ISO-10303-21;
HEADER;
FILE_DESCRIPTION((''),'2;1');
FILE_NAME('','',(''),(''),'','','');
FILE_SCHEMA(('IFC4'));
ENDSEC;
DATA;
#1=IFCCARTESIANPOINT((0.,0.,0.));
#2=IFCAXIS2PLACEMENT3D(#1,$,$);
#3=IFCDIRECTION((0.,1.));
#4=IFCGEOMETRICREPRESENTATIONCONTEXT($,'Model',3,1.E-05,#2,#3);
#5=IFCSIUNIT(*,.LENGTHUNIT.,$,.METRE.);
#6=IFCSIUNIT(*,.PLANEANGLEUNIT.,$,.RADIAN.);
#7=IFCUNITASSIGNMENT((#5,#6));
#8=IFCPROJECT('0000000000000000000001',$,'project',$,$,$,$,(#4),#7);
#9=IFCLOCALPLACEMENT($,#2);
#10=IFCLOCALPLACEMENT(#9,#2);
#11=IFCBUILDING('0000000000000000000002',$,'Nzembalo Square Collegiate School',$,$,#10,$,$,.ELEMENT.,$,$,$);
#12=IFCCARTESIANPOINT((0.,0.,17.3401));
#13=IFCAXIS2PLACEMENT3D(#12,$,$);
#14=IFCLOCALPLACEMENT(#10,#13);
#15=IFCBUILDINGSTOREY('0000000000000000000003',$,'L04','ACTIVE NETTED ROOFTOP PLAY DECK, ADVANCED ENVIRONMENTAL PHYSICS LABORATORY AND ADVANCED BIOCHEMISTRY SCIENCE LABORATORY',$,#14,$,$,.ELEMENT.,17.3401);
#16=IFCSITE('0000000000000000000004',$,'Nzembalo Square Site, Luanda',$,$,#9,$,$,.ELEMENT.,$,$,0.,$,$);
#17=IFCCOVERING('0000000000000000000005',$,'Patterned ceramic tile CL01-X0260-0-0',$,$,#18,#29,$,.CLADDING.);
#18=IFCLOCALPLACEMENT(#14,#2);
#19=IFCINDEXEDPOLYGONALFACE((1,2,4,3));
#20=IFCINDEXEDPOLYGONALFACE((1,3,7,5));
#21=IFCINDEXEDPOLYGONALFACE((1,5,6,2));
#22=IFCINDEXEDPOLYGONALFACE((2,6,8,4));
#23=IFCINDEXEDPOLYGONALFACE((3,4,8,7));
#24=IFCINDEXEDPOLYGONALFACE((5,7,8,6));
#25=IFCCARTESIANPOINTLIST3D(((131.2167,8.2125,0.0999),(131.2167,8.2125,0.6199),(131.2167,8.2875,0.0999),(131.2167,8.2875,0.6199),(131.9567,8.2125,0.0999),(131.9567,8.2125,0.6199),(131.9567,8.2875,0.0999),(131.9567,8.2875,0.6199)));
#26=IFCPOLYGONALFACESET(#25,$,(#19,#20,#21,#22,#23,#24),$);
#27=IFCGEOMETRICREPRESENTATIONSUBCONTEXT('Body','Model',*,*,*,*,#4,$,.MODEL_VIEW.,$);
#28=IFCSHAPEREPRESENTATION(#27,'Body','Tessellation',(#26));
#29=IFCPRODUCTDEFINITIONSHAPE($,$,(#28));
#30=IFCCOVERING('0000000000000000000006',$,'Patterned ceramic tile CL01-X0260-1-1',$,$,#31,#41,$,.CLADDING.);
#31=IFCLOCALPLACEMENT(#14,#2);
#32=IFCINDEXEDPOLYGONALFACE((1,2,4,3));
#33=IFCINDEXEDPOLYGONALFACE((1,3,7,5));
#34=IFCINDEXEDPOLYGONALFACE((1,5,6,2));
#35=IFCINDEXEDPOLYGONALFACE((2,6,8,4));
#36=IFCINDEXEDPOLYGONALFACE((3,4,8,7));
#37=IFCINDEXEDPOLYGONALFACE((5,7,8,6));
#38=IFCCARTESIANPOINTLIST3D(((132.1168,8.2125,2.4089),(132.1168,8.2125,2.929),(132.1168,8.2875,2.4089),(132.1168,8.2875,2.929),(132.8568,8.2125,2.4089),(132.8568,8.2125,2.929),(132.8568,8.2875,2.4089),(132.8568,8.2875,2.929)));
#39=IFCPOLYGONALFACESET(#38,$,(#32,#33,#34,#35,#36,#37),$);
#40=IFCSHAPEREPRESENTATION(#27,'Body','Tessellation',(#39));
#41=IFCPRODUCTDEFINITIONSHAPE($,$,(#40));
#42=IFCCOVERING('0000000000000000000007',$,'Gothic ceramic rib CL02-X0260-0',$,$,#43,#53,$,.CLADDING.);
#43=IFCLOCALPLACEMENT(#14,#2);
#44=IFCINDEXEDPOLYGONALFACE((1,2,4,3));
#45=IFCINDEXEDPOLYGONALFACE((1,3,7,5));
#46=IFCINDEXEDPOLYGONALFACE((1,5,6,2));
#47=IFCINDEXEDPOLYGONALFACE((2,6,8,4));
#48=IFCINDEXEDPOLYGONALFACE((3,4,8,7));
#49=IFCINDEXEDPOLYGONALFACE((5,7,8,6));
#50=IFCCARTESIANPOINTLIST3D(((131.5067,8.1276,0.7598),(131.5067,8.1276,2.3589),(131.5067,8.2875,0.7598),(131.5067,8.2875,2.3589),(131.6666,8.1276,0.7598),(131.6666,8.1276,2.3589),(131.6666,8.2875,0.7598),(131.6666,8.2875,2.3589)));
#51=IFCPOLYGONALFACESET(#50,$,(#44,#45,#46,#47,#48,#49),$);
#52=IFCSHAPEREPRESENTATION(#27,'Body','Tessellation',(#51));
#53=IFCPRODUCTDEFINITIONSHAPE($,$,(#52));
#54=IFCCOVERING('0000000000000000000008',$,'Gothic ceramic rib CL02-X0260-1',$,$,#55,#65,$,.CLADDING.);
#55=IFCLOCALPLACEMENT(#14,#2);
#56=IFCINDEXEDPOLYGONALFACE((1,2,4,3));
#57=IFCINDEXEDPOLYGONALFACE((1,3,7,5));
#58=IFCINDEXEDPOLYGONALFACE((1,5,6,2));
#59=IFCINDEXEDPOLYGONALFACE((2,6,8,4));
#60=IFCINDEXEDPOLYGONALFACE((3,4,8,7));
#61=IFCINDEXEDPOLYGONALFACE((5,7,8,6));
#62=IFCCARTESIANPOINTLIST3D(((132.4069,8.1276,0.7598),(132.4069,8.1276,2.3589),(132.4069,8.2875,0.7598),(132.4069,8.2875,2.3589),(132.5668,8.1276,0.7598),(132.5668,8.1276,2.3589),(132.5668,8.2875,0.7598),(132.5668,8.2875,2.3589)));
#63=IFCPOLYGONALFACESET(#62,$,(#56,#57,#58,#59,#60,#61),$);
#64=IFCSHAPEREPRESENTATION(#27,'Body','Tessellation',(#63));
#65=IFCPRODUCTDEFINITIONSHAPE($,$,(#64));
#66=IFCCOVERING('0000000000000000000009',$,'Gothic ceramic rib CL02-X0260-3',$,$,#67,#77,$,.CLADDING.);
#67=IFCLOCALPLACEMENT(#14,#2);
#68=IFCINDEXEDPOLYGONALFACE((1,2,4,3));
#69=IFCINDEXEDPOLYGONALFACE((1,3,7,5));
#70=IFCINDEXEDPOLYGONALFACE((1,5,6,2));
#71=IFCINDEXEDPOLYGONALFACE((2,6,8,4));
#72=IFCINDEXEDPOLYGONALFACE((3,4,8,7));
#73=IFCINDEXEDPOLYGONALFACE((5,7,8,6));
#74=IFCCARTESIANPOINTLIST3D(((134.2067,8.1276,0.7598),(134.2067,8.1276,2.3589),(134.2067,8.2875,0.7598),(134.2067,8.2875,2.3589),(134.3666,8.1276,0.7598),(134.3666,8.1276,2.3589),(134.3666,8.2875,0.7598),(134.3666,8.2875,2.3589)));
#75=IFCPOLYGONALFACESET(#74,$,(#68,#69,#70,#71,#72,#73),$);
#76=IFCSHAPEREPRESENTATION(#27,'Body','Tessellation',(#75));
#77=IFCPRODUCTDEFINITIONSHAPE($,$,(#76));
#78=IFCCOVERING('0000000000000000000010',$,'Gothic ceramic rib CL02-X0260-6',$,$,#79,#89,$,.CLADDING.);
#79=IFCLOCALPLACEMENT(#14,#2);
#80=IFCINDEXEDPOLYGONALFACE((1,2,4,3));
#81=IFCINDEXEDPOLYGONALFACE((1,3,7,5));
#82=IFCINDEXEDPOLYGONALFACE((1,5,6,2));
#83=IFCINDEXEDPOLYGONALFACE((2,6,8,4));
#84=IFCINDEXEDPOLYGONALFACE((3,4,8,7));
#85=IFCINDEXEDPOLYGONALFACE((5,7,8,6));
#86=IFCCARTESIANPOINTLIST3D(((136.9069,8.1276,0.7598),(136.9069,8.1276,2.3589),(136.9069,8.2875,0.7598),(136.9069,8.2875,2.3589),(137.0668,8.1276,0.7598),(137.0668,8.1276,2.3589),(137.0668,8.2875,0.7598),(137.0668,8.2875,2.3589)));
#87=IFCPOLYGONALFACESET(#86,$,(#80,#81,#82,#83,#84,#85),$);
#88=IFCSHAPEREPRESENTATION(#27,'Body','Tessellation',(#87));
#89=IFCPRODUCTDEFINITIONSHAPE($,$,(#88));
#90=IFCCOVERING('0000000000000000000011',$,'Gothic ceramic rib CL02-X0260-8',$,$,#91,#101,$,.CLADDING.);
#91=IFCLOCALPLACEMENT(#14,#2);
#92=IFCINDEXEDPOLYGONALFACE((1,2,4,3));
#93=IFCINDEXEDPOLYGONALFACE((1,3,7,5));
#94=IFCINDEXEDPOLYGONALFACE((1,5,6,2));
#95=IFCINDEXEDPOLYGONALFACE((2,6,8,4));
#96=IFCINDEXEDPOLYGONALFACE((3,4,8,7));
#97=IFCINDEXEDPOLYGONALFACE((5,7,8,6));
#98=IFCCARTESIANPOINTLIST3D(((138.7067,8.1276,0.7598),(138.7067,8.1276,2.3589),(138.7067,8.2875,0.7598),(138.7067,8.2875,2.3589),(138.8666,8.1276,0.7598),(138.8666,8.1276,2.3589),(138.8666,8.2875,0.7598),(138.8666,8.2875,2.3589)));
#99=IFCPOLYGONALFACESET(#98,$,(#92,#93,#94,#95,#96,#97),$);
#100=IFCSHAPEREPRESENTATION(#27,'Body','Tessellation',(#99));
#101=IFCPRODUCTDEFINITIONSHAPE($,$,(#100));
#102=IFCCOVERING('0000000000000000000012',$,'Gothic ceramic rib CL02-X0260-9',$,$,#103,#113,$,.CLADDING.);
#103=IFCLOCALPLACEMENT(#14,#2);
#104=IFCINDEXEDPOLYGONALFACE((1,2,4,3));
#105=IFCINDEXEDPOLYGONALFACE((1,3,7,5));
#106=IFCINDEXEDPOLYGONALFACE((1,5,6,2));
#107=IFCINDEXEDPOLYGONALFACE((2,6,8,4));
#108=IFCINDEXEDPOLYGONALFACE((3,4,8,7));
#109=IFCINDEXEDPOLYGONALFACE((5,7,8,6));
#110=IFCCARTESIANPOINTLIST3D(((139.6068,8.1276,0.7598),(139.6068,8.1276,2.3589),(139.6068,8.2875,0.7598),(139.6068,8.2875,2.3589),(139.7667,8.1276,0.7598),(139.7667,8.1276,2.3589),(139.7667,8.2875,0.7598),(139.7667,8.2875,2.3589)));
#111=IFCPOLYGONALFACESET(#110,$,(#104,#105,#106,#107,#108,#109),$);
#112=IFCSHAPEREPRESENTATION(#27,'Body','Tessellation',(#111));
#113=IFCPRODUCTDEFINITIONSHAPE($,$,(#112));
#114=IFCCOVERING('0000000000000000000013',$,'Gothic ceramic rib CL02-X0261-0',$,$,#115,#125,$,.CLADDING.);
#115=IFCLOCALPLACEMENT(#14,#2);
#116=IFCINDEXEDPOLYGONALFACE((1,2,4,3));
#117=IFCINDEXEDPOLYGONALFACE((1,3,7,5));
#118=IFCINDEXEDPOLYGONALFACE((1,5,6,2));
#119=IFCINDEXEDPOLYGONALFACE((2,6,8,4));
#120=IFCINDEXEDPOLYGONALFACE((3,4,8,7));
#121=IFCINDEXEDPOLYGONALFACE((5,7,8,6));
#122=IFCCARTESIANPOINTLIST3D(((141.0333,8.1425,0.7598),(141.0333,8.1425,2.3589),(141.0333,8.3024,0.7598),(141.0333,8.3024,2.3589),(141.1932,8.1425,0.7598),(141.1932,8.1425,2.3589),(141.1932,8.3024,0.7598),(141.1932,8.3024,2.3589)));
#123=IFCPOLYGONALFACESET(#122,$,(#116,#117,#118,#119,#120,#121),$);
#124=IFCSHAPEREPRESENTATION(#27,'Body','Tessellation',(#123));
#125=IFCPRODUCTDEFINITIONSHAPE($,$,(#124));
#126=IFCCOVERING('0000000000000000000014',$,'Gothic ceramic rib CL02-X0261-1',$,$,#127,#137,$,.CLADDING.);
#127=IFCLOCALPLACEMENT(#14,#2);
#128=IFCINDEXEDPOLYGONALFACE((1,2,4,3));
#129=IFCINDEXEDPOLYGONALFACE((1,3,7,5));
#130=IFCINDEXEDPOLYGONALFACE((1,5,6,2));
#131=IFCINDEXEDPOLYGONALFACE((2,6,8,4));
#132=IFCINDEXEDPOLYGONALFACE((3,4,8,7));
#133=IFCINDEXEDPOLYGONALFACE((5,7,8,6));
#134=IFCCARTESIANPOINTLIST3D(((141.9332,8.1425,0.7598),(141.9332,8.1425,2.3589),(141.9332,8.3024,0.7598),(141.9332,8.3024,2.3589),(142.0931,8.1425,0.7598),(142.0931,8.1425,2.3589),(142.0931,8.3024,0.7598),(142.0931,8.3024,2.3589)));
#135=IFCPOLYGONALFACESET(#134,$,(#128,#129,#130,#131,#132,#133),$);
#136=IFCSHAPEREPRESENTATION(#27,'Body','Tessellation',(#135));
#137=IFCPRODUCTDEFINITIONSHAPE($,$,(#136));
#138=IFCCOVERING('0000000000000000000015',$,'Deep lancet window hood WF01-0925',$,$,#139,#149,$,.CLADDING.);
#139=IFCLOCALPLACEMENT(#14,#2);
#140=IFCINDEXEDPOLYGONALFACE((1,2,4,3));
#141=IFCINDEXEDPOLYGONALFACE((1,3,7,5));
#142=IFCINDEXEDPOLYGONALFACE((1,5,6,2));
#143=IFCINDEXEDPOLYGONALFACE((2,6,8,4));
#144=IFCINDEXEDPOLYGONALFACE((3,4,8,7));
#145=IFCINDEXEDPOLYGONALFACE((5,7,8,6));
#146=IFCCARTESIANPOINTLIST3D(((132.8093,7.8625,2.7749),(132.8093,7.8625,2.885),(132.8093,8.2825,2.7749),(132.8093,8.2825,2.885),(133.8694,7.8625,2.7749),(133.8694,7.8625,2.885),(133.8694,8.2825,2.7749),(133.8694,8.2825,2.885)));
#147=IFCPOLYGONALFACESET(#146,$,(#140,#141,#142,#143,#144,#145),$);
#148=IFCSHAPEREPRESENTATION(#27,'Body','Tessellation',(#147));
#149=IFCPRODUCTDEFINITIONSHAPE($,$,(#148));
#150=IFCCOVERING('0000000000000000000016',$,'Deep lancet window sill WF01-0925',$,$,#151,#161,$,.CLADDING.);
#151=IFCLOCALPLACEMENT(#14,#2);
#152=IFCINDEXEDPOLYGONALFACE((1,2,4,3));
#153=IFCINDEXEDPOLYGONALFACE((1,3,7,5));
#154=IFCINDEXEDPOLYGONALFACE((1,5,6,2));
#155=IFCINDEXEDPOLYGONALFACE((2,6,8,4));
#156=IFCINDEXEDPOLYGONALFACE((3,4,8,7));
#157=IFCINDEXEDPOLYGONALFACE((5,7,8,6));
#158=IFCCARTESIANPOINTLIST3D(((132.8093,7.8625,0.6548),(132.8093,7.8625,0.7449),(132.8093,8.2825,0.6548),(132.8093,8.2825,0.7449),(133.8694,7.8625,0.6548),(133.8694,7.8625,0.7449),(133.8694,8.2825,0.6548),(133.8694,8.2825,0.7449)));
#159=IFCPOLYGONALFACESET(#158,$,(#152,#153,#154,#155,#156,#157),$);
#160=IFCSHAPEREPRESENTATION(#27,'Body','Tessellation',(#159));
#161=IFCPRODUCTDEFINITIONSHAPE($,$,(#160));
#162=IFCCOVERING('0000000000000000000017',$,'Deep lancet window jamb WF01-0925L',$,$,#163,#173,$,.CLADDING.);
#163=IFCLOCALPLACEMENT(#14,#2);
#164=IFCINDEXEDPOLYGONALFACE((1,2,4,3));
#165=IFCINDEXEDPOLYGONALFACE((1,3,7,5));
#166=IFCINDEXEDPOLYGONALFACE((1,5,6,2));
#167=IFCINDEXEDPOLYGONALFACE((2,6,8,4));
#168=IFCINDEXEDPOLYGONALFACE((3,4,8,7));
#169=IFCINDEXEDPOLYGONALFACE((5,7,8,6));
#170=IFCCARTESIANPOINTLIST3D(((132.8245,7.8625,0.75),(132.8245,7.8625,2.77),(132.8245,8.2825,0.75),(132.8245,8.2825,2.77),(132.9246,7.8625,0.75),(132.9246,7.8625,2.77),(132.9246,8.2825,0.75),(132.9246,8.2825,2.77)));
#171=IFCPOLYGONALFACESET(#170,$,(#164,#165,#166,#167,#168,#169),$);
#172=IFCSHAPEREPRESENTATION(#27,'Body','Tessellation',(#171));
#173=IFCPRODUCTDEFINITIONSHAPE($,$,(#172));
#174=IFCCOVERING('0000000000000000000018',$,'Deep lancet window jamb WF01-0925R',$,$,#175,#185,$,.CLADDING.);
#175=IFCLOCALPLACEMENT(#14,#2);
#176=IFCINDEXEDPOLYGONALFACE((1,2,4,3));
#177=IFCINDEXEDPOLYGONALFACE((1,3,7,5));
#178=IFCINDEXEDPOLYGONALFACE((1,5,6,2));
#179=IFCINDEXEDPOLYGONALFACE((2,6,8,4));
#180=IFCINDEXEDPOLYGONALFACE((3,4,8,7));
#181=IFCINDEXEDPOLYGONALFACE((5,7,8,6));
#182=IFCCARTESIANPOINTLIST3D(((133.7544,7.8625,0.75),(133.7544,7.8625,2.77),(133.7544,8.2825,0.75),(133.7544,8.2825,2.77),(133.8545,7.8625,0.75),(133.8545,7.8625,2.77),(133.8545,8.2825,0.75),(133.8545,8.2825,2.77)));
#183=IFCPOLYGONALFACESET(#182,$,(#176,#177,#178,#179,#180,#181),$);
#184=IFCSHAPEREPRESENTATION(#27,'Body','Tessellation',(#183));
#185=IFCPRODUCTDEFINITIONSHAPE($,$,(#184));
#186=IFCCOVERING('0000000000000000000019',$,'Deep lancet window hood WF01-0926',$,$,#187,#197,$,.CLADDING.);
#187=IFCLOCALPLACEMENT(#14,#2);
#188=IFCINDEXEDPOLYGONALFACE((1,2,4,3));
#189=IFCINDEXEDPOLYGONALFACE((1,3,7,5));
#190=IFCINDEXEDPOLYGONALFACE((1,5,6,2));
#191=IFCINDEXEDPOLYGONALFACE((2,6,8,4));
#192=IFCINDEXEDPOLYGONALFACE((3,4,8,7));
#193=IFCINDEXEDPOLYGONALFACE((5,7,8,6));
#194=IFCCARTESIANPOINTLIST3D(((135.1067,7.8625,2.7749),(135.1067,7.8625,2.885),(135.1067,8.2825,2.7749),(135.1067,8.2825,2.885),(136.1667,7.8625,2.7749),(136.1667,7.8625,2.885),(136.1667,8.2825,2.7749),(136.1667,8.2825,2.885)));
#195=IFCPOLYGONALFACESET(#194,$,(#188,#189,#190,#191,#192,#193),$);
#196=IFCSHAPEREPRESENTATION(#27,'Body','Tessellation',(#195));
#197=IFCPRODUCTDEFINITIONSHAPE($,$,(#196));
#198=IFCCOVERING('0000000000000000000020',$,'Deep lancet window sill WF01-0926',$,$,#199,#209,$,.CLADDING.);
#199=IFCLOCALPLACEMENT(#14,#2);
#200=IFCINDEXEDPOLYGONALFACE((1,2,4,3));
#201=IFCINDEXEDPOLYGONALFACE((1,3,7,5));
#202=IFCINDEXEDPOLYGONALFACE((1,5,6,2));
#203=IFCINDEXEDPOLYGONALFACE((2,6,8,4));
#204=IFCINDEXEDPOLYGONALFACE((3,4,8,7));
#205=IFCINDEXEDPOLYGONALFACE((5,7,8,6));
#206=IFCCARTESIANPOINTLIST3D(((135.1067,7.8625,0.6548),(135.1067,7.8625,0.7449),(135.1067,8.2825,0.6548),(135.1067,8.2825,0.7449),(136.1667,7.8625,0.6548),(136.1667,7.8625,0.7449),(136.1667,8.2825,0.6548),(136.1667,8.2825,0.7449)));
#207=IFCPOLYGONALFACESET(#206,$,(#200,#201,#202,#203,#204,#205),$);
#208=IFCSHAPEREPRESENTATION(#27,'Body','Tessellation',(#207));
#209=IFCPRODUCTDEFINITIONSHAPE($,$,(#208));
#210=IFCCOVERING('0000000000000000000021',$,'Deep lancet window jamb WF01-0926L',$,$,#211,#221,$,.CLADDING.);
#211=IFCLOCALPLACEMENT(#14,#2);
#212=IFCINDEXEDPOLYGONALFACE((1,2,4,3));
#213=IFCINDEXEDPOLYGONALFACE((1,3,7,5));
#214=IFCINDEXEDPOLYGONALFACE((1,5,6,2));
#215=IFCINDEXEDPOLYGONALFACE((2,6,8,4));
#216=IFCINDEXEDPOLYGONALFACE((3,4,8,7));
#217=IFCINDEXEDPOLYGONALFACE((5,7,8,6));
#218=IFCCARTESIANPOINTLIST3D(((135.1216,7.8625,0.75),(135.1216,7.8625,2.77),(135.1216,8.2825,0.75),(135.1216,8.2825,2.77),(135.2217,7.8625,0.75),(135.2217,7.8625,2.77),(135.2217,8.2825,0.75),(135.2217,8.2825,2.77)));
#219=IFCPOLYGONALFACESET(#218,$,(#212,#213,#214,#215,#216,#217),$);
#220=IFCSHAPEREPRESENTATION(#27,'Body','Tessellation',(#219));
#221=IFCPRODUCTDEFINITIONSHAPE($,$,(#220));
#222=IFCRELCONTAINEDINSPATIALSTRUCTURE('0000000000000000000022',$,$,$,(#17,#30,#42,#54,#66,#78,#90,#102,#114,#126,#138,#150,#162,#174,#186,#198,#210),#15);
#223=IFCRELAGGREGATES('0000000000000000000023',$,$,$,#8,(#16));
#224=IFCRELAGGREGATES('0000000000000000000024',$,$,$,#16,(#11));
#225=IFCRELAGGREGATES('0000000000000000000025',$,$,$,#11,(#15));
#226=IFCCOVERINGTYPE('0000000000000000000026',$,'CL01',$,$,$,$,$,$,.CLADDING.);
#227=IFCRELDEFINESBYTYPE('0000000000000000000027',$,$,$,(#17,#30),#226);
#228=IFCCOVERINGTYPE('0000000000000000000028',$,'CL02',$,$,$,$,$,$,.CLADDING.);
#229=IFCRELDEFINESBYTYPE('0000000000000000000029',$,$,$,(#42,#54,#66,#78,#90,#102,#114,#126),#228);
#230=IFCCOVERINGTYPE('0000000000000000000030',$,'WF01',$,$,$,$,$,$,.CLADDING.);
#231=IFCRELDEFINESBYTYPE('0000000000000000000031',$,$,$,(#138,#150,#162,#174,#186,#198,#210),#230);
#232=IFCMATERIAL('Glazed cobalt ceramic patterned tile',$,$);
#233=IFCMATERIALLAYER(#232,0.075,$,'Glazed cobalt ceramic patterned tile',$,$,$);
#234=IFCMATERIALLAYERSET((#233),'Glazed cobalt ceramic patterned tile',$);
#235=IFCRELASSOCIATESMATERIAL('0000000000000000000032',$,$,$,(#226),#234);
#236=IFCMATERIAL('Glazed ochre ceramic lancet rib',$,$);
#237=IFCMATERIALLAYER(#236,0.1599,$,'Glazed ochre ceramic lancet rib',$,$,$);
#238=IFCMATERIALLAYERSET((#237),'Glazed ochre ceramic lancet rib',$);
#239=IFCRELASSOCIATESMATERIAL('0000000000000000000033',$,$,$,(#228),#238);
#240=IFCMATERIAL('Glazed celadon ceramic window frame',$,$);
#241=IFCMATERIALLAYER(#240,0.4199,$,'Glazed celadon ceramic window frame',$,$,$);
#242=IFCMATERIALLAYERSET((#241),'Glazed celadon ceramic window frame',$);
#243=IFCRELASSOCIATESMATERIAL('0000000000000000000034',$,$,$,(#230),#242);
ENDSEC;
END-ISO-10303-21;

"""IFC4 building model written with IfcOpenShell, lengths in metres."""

from ifc_helpers import new_model, si_unit, direction, frame, origin, origin_2d, place, context, subcontext, project, spatial, rectangle, extrude, material, layer, layer_set, type_object, element, save


model = new_model("IFC4")

# Units and contexts
model_context = context("Model", 3, precision=1e-05, world=origin(), true_north=direction((0.0, 1.0)))
body_context = subcontext(model_context, "Body", "Model", "MODEL_VIEW")
ifc_project = project(units=[si_unit("LENGTHUNIT", "METRE"), si_unit("PLANEANGLEUNIT", "RADIAN")], contexts=[model_context])

# Site, building, storey
site_placement = place(None, origin())
site = spatial("IfcSite", under=ifc_project, at=site_placement, Name="Nzembalo Square Site, Luanda", CompositionType="ELEMENT", RefElevation=0.0)
building_placement = place(site_placement, origin())
building = spatial("IfcBuilding", under=site, at=building_placement, Name="Nzembalo Square Collegiate School", CompositionType="ELEMENT")
storey_placement = place(building_placement, frame((0.0, 0.0, 17.3401)))
storey = spatial("IfcBuildingStorey", under=building, at=storey_placement, Name="L04", Description="ACTIVE NETTED ROOFTOP PLAY DECK, ADVANCED ENVIRONMENTAL PHYSICS LABORATORY AND ADVANCED BIOCHEMISTRY SCIENCE LABORATORY", CompositionType="ELEMENT", Elevation=17.3401)

# Coverings
ifc_material_1 = material(Name="Glazed cobalt ceramic patterned tile")
ifc_layer_1 = layer(ifc_material_1, 0.075, Name="Glazed cobalt ceramic patterned tile")
ifc_layer_set_1 = layer_set([ifc_layer_1], Name="Glazed cobalt ceramic patterned tile")
covering_type_1 = type_object("IfcCoveringType", Name="CL01", PredefinedType="CLADDING", material=ifc_layer_set_1)
for number, where, z_axis, x_axis, name in (
    (1, (131.5867, 8.25, 0.0999), (0.0, 0.0, 1.0), (1.0, 0.0, 0.0), "Patterned ceramic tile CL01-X0260-0-0"),
    (2, (132.4868, 8.25, 2.4089), (0.0, 0.0, 1.0), (1.0, 0.0, 0.0), "Patterned ceramic tile CL01-X0260-1-1"),
):
    element("IfcCovering", number, at=place(storey_placement, frame(where, z_axis=z_axis, x_axis=x_axis)), inside=storey, type_object=covering_type_1, Name=name, PredefinedType="CLADDING", context=body_context, shape_type="SweptSolid", body=[
        extrude(rectangle(XDim=0.74, YDim=0.075, at=origin_2d()), origin(), (0.0, 0.0, 1.0), 0.52),
    ])
ifc_material_2 = material(Name="Glazed ochre ceramic lancet rib")
ifc_layer_2 = layer(ifc_material_2, 0.1599, Name="Glazed ochre ceramic lancet rib")
ifc_layer_set_2 = layer_set([ifc_layer_2], Name="Glazed ochre ceramic lancet rib")
covering_type_2 = type_object("IfcCoveringType", Name="CL02", PredefinedType="CLADDING", material=ifc_layer_set_2)
for number, where, z_axis, x_axis, name in (
    (3, (131.5867, 8.2075, 0.7598), (0.0, 0.0, 1.0), (1.0, 0.0, 0.0), "Gothic ceramic rib CL02-X0260-0"),
    (4, (132.4868, 8.2075, 0.7598), (0.0, 0.0, 1.0), (1.0, 0.0, 0.0), "Gothic ceramic rib CL02-X0260-1"),
    (5, (134.2866, 8.2075, 0.7598), (0.0, 0.0, 1.0), (1.0, 0.0, 0.0), "Gothic ceramic rib CL02-X0260-3"),
    (6, (136.9868, 8.2075, 0.7598), (0.0, 0.0, 1.0), (1.0, 0.0, 0.0), "Gothic ceramic rib CL02-X0260-6"),
    (7, (138.7866, 8.2075, 0.7598), (0.0, 0.0, 1.0), (1.0, 0.0, 0.0), "Gothic ceramic rib CL02-X0260-8"),
    (8, (139.6868, 8.2075, 0.7598), (0.0, 0.0, 1.0), (1.0, 0.0, 0.0), "Gothic ceramic rib CL02-X0260-9"),
    (9, (141.1133, 8.2224, 0.7598), (0.0, 0.0, 1.0), (1.0, 0.0, 0.0), "Gothic ceramic rib CL02-X0261-0"),
    (10, (142.0132, 8.2224, 0.7598), (0.0, 0.0, 1.0), (1.0, 0.0, 0.0), "Gothic ceramic rib CL02-X0261-1"),
):
    element("IfcCovering", number, at=place(storey_placement, frame(where, z_axis=z_axis, x_axis=x_axis)), inside=storey, type_object=covering_type_2, Name=name, PredefinedType="CLADDING", context=body_context, shape_type="SweptSolid", body=[
        extrude(rectangle(XDim=0.1599, YDim=0.1599, at=origin_2d()), origin(), (0.0, 0.0, 1.0), 1.5991),
    ])
ifc_material_3 = material(Name="Glazed celadon ceramic window frame")
ifc_layer_3 = layer(ifc_material_3, 0.4199, Name="Glazed celadon ceramic window frame")
ifc_layer_set_3 = layer_set([ifc_layer_3], Name="Glazed celadon ceramic window frame")
covering_type_3 = type_object("IfcCoveringType", Name="WF01", PredefinedType="CLADDING", material=ifc_layer_set_3)
covering_1_placement = place(storey_placement, frame((133.3394, 8.0725, 2.7749), z_axis=(0.0, 0.0, 1.0), x_axis=(1.0, 0.0, 0.0)))
element("IfcCovering", 11, at=covering_1_placement, inside=storey, type_object=covering_type_3, Name="Deep lancet window hood WF01-0925", PredefinedType="CLADDING", context=body_context, shape_type="SweptSolid", body=[
    extrude(rectangle(XDim=1.0601, YDim=0.4199, at=origin_2d()), origin(), (0.0, 0.0, 1.0), 0.1101),
])
covering_2_placement = place(storey_placement, frame((133.3394, 8.0725, 0.6548), z_axis=(0.0, 0.0, 1.0), x_axis=(1.0, 0.0, 0.0)))
element("IfcCovering", 12, at=covering_2_placement, inside=storey, type_object=covering_type_3, Name="Deep lancet window sill WF01-0925", PredefinedType="CLADDING", context=body_context, shape_type="SweptSolid", body=[
    extrude(rectangle(XDim=1.0601, YDim=0.4199, at=origin_2d()), origin(), (0.0, 0.0, 1.0), 0.0901),
])
for number, where, z_axis, x_axis, name in (
    (13, (132.8745, 8.0725, 0.75), (0.0, 0.0, 1.0), (1.0, 0.0, 0.0), "Deep lancet window jamb WF01-0925L"),
    (14, (133.8044, 8.0725, 0.75), (0.0, 0.0, 1.0), (1.0, 0.0, 0.0), "Deep lancet window jamb WF01-0925R"),
):
    element("IfcCovering", number, at=place(storey_placement, frame(where, z_axis=z_axis, x_axis=x_axis)), inside=storey, type_object=covering_type_3, Name=name, PredefinedType="CLADDING", context=body_context, shape_type="SweptSolid", body=[
        extrude(rectangle(XDim=0.1001, YDim=0.4199, at=origin_2d()), origin(), (0.0, 0.0, 1.0), 2.02),
    ])
covering_3_placement = place(storey_placement, frame((135.6367, 8.0725, 2.7749), z_axis=(0.0, 0.0, 1.0), x_axis=(1.0, 0.0, 0.0)))
element("IfcCovering", 15, at=covering_3_placement, inside=storey, type_object=covering_type_3, Name="Deep lancet window hood WF01-0926", PredefinedType="CLADDING", context=body_context, shape_type="SweptSolid", body=[
    extrude(rectangle(XDim=1.0601, YDim=0.4199, at=origin_2d()), origin(), (0.0, 0.0, 1.0), 0.1101),
])
covering_4_placement = place(storey_placement, frame((135.6367, 8.0725, 0.6548), z_axis=(0.0, 0.0, 1.0), x_axis=(1.0, 0.0, 0.0)))
element("IfcCovering", 16, at=covering_4_placement, inside=storey, type_object=covering_type_3, Name="Deep lancet window sill WF01-0926", PredefinedType="CLADDING", context=body_context, shape_type="SweptSolid", body=[
    extrude(rectangle(XDim=1.0601, YDim=0.4199, at=origin_2d()), origin(), (0.0, 0.0, 1.0), 0.0901),
])
for number, where, z_axis, x_axis, name in (
    (17, (135.1716, 8.0725, 0.75), (0.0, 0.0, 1.0), (1.0, 0.0, 0.0), "Deep lancet window jamb WF01-0926L"),
):
    element("IfcCovering", number, at=place(storey_placement, frame(where, z_axis=z_axis, x_axis=x_axis)), inside=storey, type_object=covering_type_3, Name=name, PredefinedType="CLADDING", context=body_context, shape_type="SweptSolid", body=[
        extrude(rectangle(XDim=0.1001, YDim=0.4199, at=origin_2d()), origin(), (0.0, 0.0, 1.0), 2.02),
    ])

save(model, "model.ifc")
